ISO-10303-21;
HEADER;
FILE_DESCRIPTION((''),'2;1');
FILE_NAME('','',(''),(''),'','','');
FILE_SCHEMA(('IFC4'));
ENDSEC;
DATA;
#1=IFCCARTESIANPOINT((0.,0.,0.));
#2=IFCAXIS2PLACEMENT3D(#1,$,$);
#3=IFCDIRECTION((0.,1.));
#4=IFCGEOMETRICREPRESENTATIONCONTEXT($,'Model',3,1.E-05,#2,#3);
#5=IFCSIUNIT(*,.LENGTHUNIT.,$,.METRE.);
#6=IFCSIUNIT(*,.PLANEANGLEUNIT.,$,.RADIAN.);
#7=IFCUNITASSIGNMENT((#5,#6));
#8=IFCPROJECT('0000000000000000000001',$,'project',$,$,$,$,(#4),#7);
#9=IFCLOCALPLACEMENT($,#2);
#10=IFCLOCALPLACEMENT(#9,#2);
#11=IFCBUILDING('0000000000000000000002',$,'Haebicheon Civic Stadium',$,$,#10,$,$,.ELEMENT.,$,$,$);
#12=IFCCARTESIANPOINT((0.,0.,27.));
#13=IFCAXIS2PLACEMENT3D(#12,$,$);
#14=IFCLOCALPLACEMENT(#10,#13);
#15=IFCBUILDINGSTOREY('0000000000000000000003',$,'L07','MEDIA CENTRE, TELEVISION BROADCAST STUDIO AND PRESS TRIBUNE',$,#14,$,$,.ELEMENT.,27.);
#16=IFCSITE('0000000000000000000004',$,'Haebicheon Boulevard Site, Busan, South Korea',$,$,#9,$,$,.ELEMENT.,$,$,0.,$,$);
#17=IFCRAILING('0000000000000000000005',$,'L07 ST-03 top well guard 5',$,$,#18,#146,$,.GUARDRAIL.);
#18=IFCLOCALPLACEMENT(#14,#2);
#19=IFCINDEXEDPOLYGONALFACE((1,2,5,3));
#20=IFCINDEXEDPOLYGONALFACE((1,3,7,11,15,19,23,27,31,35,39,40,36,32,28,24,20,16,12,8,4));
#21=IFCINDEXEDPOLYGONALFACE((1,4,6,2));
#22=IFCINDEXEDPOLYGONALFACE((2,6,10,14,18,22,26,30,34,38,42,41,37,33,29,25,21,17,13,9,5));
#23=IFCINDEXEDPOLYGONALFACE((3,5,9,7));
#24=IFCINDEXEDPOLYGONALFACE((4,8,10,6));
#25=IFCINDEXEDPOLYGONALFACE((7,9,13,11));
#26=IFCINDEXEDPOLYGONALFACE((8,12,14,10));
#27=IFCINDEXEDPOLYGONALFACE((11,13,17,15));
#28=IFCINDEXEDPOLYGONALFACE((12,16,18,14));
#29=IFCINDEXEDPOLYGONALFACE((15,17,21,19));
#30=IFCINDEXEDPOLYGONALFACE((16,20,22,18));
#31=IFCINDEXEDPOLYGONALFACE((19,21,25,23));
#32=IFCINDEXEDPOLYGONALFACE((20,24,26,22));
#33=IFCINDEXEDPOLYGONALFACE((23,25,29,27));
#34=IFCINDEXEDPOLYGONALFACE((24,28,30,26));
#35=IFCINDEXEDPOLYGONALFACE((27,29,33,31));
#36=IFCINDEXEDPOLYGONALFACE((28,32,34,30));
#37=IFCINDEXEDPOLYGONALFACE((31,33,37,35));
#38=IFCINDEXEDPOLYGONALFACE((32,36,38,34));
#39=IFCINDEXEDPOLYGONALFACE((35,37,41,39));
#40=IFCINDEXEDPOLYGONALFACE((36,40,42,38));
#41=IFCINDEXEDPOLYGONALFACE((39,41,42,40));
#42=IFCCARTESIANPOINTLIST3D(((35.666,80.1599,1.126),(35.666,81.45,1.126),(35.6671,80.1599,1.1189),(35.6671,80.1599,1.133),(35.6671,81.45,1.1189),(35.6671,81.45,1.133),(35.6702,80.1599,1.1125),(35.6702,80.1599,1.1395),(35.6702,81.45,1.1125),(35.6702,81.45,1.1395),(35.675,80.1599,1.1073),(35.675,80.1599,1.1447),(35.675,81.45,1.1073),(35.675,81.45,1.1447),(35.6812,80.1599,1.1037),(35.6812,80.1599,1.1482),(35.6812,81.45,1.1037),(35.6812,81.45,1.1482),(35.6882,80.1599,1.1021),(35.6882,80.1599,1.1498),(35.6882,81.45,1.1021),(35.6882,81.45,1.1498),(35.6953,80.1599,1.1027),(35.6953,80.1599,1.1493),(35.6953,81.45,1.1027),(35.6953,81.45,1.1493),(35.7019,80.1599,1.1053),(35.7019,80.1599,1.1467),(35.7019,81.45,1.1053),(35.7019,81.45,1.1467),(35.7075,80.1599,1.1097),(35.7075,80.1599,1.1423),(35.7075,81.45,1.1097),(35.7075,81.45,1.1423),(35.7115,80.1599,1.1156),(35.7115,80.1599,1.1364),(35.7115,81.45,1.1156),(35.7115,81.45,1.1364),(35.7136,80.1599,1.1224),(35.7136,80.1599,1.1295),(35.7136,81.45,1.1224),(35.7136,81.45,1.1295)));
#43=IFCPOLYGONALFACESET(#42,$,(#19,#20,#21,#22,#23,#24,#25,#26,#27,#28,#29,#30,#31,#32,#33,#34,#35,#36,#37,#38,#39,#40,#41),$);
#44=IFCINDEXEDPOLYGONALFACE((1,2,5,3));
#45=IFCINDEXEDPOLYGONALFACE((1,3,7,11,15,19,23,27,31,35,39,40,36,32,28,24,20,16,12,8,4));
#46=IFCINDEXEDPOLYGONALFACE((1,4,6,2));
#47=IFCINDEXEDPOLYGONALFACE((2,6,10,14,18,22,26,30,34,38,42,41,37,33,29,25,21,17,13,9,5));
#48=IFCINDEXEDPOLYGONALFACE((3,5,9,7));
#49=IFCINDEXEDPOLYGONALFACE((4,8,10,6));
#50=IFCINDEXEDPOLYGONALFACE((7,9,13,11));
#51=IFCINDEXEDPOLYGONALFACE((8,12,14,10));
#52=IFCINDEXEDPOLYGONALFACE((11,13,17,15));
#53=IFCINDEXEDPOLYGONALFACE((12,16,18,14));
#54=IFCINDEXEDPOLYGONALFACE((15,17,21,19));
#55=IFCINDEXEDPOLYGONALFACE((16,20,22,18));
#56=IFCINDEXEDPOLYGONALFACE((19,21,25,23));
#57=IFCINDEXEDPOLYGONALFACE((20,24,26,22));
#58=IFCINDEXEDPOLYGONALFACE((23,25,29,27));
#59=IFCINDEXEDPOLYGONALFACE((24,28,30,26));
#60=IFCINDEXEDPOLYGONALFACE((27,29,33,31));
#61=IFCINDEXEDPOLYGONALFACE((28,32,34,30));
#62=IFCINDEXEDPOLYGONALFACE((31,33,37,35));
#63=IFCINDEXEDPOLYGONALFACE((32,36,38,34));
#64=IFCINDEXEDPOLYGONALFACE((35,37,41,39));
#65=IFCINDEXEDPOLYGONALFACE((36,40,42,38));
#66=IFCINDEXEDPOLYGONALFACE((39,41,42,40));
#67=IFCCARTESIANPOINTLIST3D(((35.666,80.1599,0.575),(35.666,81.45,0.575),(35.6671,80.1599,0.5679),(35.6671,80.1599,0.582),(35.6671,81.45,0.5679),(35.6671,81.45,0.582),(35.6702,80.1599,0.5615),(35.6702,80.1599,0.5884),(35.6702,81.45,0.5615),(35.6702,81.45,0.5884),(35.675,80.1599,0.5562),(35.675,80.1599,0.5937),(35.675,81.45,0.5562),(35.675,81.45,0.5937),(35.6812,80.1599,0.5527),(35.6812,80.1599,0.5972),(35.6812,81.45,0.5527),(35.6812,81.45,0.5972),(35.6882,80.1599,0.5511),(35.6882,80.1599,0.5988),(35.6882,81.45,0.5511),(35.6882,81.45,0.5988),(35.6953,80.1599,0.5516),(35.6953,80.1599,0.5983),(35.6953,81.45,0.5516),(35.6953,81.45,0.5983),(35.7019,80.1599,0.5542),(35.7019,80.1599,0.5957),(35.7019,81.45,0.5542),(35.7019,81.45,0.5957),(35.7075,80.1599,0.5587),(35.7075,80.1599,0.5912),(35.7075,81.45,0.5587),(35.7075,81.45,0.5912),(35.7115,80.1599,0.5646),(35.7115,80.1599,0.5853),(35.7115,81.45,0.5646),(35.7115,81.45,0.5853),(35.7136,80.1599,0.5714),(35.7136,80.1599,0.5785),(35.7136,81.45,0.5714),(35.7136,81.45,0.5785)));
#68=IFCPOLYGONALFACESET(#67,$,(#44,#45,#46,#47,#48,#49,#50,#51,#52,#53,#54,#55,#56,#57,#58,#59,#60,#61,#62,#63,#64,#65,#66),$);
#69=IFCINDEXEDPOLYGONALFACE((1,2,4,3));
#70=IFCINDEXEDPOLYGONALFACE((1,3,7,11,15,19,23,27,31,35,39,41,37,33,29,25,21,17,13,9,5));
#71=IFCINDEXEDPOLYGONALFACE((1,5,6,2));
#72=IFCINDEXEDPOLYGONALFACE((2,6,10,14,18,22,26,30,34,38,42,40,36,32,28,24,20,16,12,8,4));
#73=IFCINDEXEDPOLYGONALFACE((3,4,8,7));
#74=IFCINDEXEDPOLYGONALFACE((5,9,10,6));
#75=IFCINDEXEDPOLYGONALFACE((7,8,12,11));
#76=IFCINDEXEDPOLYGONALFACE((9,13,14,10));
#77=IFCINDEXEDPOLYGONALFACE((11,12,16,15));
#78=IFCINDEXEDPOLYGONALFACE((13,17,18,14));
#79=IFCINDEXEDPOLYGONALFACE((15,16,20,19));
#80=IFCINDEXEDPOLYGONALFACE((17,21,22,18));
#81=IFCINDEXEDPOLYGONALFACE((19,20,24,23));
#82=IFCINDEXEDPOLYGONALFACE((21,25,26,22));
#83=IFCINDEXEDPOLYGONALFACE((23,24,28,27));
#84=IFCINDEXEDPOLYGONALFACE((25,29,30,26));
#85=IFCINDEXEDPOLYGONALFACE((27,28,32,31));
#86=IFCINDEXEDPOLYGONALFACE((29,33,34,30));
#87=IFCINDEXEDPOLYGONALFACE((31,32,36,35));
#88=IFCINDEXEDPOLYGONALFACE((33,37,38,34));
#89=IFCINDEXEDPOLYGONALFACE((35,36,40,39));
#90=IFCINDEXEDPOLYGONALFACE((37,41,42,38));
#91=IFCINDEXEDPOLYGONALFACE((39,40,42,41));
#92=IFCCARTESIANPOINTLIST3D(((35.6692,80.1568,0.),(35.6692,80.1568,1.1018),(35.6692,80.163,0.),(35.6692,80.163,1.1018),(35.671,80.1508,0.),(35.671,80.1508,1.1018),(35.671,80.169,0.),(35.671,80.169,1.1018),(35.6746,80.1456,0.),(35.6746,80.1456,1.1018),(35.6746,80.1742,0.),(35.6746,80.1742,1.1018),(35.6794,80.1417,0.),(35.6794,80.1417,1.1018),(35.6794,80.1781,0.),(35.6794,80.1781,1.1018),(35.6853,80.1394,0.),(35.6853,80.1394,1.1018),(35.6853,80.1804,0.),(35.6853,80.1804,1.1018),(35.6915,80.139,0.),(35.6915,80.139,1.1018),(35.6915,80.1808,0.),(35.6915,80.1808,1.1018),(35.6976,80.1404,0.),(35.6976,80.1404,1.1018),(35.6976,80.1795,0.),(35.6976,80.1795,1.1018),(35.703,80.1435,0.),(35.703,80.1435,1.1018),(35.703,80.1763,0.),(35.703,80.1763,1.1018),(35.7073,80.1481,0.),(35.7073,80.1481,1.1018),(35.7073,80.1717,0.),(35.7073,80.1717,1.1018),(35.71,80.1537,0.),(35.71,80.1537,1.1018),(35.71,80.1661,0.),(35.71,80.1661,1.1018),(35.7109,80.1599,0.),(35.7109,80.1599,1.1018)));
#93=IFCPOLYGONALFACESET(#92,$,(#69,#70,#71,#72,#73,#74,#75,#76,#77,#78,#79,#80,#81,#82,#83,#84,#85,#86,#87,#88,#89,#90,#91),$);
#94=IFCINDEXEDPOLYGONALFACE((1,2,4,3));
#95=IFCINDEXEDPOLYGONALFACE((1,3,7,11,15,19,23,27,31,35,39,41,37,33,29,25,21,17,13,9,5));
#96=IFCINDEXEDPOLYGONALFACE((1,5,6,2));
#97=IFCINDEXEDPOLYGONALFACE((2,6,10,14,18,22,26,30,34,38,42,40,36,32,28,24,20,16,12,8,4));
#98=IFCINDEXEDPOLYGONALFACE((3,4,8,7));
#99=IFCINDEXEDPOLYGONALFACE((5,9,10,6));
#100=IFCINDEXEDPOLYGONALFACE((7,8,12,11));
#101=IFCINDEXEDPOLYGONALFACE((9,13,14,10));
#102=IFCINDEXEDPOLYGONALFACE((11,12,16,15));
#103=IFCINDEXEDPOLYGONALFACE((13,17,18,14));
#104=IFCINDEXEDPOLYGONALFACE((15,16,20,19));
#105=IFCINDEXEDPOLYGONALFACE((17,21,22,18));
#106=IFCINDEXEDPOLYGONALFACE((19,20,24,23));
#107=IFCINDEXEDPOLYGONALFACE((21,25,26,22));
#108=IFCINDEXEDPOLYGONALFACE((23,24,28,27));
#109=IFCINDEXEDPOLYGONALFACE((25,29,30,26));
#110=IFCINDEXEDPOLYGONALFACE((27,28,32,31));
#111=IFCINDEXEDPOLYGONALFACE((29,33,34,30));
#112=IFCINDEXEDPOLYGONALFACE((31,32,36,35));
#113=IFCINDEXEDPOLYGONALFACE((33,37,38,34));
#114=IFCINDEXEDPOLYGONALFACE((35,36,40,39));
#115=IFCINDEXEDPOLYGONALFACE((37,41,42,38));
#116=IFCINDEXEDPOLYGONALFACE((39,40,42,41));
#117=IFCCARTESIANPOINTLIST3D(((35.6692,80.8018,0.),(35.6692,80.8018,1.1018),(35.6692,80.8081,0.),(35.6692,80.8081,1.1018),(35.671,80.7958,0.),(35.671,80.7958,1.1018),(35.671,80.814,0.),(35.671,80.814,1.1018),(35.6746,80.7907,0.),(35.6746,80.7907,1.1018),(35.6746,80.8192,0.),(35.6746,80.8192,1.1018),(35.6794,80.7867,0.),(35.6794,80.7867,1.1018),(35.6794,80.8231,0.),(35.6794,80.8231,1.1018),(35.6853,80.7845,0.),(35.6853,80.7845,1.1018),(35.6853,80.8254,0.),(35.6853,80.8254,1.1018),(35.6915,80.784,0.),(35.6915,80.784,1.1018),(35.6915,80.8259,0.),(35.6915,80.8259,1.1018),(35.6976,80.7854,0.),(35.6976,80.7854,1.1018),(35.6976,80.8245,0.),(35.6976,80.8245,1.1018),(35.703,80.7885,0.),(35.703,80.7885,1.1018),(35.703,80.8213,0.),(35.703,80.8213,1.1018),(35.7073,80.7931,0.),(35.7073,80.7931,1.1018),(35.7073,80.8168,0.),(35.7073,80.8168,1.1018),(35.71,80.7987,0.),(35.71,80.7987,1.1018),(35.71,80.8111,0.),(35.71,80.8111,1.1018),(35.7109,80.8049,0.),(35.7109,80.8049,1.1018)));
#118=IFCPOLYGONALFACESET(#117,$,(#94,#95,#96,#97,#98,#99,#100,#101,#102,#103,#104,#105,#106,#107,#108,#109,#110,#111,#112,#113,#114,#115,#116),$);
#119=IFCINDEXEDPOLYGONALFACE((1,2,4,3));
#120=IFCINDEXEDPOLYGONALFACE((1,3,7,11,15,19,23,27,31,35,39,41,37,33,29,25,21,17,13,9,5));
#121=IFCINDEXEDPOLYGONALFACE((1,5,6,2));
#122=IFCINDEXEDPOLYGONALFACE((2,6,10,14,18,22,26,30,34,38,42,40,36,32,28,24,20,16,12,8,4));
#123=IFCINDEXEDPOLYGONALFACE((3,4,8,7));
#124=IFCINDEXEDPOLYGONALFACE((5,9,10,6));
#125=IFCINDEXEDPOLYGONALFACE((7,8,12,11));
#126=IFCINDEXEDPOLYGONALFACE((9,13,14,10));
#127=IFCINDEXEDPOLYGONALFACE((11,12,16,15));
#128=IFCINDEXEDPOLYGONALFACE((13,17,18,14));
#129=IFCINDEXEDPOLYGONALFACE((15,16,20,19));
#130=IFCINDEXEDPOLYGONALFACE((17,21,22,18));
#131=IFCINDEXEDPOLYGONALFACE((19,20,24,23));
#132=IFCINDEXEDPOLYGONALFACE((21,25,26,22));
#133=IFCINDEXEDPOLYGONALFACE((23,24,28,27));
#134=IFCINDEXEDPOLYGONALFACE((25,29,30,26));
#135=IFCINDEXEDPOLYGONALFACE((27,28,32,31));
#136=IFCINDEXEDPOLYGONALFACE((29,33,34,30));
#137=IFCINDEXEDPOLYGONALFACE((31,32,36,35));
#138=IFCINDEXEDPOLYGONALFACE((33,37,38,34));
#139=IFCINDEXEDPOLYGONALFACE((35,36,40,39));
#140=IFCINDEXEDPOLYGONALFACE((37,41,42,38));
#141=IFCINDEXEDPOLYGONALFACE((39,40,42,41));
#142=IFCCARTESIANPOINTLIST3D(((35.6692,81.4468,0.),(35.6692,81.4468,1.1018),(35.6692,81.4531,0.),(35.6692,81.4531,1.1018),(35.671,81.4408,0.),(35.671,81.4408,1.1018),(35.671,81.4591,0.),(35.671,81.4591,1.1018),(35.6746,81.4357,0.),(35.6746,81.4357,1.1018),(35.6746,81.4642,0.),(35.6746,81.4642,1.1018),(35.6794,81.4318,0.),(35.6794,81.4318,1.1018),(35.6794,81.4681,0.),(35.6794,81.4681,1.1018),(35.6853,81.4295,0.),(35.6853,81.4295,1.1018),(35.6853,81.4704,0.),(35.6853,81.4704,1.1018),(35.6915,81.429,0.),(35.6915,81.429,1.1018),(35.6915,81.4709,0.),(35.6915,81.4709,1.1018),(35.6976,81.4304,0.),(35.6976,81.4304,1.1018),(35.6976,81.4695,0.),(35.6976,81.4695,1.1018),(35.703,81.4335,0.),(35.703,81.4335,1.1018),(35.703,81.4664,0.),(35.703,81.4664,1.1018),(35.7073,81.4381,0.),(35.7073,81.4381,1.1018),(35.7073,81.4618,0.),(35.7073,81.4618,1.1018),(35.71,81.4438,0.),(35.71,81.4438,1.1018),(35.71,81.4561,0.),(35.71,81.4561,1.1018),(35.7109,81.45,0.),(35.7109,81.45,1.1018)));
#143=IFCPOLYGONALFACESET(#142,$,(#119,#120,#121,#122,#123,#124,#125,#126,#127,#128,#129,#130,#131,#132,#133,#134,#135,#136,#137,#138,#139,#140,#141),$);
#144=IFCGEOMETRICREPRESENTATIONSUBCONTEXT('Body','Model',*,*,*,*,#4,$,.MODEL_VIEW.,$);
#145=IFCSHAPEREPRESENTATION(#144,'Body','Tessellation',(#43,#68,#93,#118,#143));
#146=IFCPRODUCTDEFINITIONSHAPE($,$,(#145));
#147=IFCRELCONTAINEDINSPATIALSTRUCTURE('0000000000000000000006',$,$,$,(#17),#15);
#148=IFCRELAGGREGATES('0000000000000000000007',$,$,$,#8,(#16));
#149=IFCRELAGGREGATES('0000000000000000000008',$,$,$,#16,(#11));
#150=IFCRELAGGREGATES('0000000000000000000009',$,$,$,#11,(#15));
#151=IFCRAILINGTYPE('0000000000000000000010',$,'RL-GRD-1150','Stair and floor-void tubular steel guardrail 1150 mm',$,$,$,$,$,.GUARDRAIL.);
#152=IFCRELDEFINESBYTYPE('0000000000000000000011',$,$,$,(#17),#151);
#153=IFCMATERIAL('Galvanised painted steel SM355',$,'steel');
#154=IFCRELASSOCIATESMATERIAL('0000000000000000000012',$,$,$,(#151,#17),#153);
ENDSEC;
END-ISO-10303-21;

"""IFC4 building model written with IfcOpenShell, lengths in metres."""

from ifc_helpers import new_model, si_unit, direction, frame, origin, origin_2d, place, context, subcontext, project, spatial, circle, extrude, material, type_object, element, save


model = new_model("IFC4")

# Units and contexts
model_context = context("Model", 3, precision=1e-05, world=origin(), true_north=direction((0.0, 1.0)))
body_context = subcontext(model_context, "Body", "Model", "MODEL_VIEW")
ifc_project = project(units=[si_unit("LENGTHUNIT", "METRE"), si_unit("PLANEANGLEUNIT", "RADIAN")], contexts=[model_context])

# Site, building, storey
site_placement = place(None, origin())
site = spatial("IfcSite", under=ifc_project, at=site_placement, Name="Haebicheon Boulevard Site, Busan, South Korea", CompositionType="ELEMENT", RefElevation=0.0)
building_placement = place(site_placement, origin())
building = spatial("IfcBuilding", under=site, at=building_placement, Name="Haebicheon Civic Stadium", CompositionType="ELEMENT")
storey_placement = place(building_placement, frame((0.0, 0.0, 27.0)))
storey = spatial("IfcBuildingStorey", under=building, at=storey_placement, Name="L07", Description="MEDIA CENTRE, TELEVISION BROADCAST STUDIO AND PRESS TRIBUNE", CompositionType="ELEMENT", Elevation=27.0)

# Railing
ifc_material_1 = material(Name="Galvanised painted steel SM355", Category="steel")
railing_type = type_object("IfcRailingType", Name="RL-GRD-1150", Description="Stair and floor-void tubular steel guardrail 1150 mm", PredefinedType="GUARDRAIL", material=ifc_material_1)
for number, where, name in (
    (1, (35.6899, 80.1599, 0.0), "L07 ST-03 top well guard 5"),
):
    element("IfcRailing", number, at=place(storey_placement, frame(where)), inside=storey, type_object=railing_type, material=ifc_material_1, Name=name, PredefinedType="GUARDRAIL", context=body_context, shape_type="SweptSolid", body=[
        extrude(circle(Radius=0.0239, at=origin_2d()), frame((0.0, 0.0, 1.126), z_axis=(0.0, 1.0, 0.0), x_axis=(-1.0, 0.0, 0.0)), (0.0, 0.0, 1.0), 1.29),
        extrude(circle(Radius=0.0239, at=origin_2d()), frame((0.0, 0.0, 0.575), z_axis=(0.0, 1.0, 0.0), x_axis=(-1.0, 0.0, 0.0)), (0.0, 0.0, 1.0), 1.29),
        extrude(circle(Radius=0.021, at=origin_2d()), origin(), (0.0, 0.0, 1.0), 1.1018),
        extrude(circle(Radius=0.021, at=origin_2d()), frame((0.0, 0.645, 0.0)), (0.0, 0.0, 1.0), 1.1018),
        extrude(circle(Radius=0.021, at=origin_2d()), frame((0.0, 1.29, 0.0)), (0.0, 0.0, 1.0), 1.1018),
    ])

save(model, "model.ifc")
